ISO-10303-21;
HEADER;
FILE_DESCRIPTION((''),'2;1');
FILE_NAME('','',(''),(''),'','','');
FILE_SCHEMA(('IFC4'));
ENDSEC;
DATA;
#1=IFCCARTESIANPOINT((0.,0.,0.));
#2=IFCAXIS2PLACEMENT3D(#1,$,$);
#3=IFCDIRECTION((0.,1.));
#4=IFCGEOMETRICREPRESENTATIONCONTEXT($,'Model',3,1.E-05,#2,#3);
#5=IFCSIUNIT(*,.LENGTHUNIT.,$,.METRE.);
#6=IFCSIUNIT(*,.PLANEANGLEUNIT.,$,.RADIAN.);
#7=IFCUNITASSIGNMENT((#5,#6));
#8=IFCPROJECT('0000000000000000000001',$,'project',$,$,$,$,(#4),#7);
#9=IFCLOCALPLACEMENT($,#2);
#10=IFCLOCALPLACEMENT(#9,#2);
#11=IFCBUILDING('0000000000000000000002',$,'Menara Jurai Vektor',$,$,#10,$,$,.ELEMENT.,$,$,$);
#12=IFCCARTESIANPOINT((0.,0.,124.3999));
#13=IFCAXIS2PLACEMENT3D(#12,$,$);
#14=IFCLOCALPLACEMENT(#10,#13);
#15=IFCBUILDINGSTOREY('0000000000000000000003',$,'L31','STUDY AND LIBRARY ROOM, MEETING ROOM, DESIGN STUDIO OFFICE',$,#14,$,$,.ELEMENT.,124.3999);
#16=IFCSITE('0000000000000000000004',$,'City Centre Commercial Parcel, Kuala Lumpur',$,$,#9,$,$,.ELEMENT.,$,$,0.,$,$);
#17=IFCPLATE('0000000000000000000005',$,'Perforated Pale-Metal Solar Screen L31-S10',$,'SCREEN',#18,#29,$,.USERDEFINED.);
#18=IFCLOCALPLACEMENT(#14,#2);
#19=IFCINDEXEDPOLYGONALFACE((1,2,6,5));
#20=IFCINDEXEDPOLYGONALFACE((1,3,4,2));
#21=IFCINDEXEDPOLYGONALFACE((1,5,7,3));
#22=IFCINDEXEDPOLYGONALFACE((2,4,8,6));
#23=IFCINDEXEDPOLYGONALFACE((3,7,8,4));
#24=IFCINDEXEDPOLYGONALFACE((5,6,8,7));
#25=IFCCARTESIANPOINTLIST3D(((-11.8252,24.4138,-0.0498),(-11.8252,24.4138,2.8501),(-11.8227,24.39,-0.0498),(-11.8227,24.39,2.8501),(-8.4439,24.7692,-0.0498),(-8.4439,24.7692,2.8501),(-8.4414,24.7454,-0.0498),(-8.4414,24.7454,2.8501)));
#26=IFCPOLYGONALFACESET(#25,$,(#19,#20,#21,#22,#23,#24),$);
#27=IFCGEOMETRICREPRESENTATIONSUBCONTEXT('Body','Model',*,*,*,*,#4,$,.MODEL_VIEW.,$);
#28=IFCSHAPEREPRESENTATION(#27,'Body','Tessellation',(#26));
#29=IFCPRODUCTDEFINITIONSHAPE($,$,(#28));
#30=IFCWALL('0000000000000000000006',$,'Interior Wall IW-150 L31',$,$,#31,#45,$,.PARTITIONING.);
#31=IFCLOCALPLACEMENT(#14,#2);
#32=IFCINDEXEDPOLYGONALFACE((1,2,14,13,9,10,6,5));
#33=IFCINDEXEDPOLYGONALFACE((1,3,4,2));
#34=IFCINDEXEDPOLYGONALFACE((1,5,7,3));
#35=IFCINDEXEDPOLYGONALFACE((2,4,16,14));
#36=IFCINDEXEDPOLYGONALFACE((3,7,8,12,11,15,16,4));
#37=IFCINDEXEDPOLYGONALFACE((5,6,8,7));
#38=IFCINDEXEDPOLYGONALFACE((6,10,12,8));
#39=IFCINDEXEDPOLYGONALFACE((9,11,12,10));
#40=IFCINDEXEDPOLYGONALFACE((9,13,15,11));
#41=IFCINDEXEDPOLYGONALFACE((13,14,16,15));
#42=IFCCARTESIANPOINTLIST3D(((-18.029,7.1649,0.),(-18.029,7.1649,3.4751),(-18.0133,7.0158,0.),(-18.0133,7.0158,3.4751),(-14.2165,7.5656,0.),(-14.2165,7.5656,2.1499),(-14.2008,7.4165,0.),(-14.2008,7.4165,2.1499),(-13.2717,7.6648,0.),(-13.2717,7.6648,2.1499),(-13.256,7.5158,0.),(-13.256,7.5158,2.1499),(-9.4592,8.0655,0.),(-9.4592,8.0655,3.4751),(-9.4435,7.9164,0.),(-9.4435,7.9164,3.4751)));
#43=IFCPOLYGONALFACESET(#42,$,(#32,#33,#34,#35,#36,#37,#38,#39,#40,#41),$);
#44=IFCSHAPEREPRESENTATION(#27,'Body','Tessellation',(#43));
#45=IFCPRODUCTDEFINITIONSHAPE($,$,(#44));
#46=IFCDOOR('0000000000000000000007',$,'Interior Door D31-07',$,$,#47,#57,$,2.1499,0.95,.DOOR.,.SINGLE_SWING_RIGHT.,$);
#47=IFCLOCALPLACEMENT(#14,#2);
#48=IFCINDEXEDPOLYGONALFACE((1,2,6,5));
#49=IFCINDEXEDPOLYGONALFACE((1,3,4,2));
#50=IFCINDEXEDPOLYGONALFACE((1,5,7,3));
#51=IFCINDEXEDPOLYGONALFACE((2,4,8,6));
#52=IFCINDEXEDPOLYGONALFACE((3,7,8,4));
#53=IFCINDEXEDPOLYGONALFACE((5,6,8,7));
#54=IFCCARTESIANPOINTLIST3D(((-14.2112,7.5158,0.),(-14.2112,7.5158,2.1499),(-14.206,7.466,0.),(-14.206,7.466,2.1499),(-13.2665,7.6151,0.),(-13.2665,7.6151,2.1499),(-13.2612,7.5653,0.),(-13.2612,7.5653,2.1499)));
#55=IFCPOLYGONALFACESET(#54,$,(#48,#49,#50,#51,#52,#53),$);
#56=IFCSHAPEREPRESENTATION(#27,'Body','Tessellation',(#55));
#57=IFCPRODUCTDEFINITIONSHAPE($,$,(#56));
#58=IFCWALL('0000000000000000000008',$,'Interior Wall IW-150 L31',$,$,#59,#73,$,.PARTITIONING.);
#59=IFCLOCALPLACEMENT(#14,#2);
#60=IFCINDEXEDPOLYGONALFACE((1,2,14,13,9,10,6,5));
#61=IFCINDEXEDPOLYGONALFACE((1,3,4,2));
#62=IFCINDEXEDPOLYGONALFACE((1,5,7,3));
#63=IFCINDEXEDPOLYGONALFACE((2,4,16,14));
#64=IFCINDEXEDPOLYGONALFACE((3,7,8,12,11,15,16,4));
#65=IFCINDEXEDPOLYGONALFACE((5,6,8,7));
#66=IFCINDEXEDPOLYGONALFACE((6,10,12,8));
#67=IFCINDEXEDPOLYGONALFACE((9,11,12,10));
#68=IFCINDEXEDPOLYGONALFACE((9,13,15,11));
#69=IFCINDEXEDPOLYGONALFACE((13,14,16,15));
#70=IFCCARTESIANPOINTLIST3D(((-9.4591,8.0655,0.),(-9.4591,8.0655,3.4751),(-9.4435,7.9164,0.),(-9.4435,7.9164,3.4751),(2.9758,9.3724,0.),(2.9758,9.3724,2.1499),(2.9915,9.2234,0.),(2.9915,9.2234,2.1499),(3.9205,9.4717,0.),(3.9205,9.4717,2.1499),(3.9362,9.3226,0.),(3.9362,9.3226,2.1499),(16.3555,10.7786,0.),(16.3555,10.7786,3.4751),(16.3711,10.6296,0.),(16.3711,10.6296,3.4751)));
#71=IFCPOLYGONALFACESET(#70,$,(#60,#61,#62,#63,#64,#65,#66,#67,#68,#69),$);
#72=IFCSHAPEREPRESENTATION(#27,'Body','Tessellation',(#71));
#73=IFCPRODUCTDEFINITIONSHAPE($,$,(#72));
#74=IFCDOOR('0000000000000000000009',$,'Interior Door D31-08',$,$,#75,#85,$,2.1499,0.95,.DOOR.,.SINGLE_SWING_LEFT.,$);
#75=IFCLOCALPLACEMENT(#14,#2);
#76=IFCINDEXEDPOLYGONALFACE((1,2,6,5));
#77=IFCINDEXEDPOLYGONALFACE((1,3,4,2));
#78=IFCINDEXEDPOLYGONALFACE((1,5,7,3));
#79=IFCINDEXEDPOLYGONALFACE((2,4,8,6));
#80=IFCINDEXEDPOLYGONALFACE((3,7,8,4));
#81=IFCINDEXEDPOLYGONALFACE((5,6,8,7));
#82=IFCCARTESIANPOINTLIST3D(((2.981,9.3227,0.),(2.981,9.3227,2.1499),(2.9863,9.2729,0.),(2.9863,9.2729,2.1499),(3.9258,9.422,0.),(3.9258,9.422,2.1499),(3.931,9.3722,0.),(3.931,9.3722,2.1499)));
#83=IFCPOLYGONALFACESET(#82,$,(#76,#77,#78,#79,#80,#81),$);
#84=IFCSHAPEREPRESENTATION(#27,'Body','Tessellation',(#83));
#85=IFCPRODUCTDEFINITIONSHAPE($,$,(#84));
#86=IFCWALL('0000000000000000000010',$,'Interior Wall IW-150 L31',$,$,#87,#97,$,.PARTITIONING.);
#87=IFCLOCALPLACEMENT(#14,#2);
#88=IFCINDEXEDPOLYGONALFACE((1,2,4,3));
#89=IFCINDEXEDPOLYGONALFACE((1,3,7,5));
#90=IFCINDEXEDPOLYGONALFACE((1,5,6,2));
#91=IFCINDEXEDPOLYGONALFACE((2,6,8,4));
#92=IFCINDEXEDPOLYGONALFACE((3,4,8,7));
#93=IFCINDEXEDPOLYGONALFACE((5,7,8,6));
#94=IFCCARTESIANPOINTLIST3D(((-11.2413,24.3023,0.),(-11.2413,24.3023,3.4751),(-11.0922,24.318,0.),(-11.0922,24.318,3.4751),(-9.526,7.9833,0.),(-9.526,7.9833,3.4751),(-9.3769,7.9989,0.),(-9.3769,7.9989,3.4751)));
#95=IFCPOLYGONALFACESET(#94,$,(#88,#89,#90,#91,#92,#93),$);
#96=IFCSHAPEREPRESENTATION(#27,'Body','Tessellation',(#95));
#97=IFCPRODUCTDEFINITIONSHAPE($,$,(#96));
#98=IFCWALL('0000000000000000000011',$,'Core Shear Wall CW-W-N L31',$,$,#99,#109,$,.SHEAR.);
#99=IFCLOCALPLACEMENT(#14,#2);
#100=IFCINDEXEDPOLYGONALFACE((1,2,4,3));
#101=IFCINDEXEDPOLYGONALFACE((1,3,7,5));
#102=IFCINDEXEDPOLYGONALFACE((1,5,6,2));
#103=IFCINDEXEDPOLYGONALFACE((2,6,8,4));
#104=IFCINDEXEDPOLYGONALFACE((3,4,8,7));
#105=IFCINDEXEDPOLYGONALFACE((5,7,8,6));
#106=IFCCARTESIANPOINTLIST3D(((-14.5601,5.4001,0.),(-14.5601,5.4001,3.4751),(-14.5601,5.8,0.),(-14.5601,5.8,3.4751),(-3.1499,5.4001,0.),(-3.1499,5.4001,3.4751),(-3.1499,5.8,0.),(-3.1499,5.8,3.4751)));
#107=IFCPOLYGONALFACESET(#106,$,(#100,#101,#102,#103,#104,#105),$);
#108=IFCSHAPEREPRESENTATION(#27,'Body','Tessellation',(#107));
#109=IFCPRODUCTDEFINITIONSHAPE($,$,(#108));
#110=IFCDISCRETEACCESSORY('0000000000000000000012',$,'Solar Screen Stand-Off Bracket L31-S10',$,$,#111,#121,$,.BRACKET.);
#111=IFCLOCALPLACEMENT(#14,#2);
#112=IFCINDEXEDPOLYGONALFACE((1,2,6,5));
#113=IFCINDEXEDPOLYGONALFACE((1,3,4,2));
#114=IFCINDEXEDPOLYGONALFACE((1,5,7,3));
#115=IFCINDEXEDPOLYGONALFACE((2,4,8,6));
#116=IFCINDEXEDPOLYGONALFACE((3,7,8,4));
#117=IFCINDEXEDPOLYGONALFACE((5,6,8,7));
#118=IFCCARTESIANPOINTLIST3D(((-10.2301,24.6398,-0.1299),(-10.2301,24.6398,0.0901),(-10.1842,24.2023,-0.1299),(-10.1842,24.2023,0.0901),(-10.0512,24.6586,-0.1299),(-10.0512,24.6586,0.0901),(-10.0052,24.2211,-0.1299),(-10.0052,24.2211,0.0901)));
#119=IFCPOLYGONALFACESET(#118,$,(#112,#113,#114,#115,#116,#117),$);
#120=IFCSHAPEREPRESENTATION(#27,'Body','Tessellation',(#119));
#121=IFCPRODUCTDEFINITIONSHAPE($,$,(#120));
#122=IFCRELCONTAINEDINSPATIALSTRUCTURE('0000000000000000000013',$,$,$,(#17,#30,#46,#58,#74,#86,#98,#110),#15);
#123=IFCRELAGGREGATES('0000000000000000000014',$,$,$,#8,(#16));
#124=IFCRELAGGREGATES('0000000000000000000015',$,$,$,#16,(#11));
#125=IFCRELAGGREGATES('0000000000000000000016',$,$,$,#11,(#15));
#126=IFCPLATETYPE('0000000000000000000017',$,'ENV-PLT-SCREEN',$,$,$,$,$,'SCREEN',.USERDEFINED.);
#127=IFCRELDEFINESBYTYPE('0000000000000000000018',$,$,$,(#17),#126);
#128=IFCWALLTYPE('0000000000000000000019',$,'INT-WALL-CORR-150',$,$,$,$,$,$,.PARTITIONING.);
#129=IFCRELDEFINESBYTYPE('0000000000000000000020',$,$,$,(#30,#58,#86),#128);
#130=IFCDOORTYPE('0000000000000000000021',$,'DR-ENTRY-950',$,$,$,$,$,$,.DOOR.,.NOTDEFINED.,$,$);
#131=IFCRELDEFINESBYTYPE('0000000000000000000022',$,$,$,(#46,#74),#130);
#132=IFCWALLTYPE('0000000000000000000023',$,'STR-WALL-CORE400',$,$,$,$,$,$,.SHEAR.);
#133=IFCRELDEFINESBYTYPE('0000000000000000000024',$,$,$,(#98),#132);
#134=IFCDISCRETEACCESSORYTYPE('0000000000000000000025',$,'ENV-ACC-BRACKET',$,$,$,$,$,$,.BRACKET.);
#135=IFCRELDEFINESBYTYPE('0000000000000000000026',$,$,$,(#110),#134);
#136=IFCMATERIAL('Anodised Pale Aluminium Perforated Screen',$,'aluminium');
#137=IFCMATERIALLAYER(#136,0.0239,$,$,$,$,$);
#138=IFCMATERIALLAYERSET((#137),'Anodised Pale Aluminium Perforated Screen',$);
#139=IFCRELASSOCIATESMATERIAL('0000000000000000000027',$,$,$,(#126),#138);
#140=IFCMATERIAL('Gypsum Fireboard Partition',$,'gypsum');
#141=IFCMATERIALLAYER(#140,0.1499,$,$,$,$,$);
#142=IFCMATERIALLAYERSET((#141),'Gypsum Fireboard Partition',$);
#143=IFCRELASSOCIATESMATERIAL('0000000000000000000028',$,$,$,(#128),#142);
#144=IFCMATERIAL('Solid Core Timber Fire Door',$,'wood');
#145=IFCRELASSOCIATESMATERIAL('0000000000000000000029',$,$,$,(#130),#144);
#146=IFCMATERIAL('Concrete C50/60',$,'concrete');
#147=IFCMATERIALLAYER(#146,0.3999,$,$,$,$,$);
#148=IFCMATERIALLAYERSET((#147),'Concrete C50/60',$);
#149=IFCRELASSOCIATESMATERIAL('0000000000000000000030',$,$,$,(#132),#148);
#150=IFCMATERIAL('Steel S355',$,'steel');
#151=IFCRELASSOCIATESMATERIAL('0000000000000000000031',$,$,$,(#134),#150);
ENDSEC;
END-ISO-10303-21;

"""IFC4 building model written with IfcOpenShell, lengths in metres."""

from ifc_helpers import new_model, si_unit, direction, frame, frame_2d, origin, origin_2d, place, context, subcontext, project, spatial, rectangle, extrude, material, layer, layer_set, type_object, element, fill, save


model = new_model("IFC4")

# Units and contexts
model_context = context("Model", 3, precision=1e-05, world=origin(), true_north=direction((0.0, 1.0)))
body_context = subcontext(model_context, "Body", "Model", "MODEL_VIEW")
ifc_project = project(units=[si_unit("LENGTHUNIT", "METRE"), si_unit("PLANEANGLEUNIT", "RADIAN")], contexts=[model_context])

# Site, building, storey
site_placement = place(None, origin())
site = spatial("IfcSite", under=ifc_project, at=site_placement, Name="City Centre Commercial Parcel, Kuala Lumpur", CompositionType="ELEMENT", RefElevation=0.0)
building_placement = place(site_placement, origin())
building = spatial("IfcBuilding", under=site, at=building_placement, Name="Menara Jurai Vektor", CompositionType="ELEMENT")
storey_placement = place(building_placement, frame((0.0, 0.0, 124.3999)))
storey = spatial("IfcBuildingStorey", under=building, at=storey_placement, Name="L31", Description="STUDY AND LIBRARY ROOM, MEETING ROOM, DESIGN STUDIO OFFICE", CompositionType="ELEMENT", Elevation=124.3999)

# Shared definitions
ifc_material_1 = material(Name="Steel S355", Category="steel")

# Plate
ifc_material_2 = material(Name="Anodised Pale Aluminium Perforated Screen", Category="aluminium")
ifc_layer_1 = layer(ifc_material_2, 0.0239)
ifc_layer_set_1 = layer_set([ifc_layer_1], Name="Anodised Pale Aluminium Perforated Screen")
plate_type_1 = type_object("IfcPlateType", Name="ENV-PLT-SCREEN", ElementType="SCREEN", PredefinedType="USERDEFINED", material=ifc_layer_set_1)
plate_1_placement = place(storey_placement, frame((-10.1333, 24.5796, -0.0498), z_axis=(0.0, 0.0, 1.0), x_axis=(-0.994522, -0.104528, 0.0)))
element("IfcPlate", 1, at=plate_1_placement, inside=storey, type_object=plate_type_1, Name="Perforated Pale-Metal Solar Screen L31-S10", ObjectType="SCREEN", PredefinedType="USERDEFINED", context=body_context, shape_type="SweptSolid", body=[
    extrude(rectangle(XDim=3.3999, YDim=0.0239, at=origin_2d()), origin(), (0.0, 0.0, 1.0), 2.8999),
])

# Walls, openings, doors
ifc_material_3 = material(Name="Gypsum Fireboard Partition", Category="gypsum")
ifc_layer_2 = layer(ifc_material_3, 0.1499)
ifc_layer_set_2 = layer_set([ifc_layer_2], Name="Gypsum Fireboard Partition")
wall_type_1 = type_object("IfcWallType", Name="INT-WALL-CORR-150", PredefinedType="PARTITIONING", material=ifc_layer_set_2)
wall_1_placement = place(storey_placement, frame((-18.0212, 7.0903, 0.0), z_axis=(0.0, 0.0, 1.0), x_axis=(0.994523, 0.104518, 0.0)))
wall_1 = element("IfcWall", 2, at=wall_1_placement, inside=storey, type_object=wall_type_1, Name="Interior Wall IW-150 L31", PredefinedType="PARTITIONING", context=body_context, shape_type="SweptSolid", body=[
    extrude(rectangle(XDim=8.6169, YDim=0.1499, at=frame_2d((4.3086, 0.0))), origin(), (0.0, 0.0, 1.0), 3.4751),
])
opening_1_placement = place(wall_1_placement, frame((3.8335, 0.0, 0.0)))
opening_1 = element("IfcOpeningElement", 3, at=opening_1_placement, cuts=wall_1, PredefinedType="OPENING", context=body_context, shape_type="SweptSolid", body=[
    extrude(rectangle(XDim=0.95, YDim=2.1499, at=frame_2d((0.4751, 1.075))), frame((0.0, 0.085, 0.0), z_axis=(0.0, -1.0, 0.0), x_axis=(1.0, 0.0, 0.0)), (0.0, 0.0, 1.0), 0.1699),
])
ifc_material_4 = material(Name="Solid Core Timber Fire Door", Category="wood")
door_type = type_object("IfcDoorType", Name="DR-ENTRY-950", OperationType="NOTDEFINED", PredefinedType="DOOR", material=ifc_material_4)
door_1_placement = place(opening_1_placement, origin())
door_1 = element("IfcDoor", 4, at=door_1_placement, inside=storey, type_object=door_type, Name="Interior Door D31-07", OperationType="SINGLE_SWING_RIGHT", OverallHeight=2.1499, OverallWidth=0.95, PredefinedType="DOOR", context=body_context, shape_type="SweptSolid", body=[
    extrude(rectangle(XDim=0.95, YDim=2.1499, at=frame_2d((0.4751, 1.075))), frame((0.0, 0.0249, 0.0), z_axis=(0.0, -1.0, 0.0), x_axis=(1.0, 0.0, 0.0)), (0.0, 0.0, 1.0), 0.05),
])
fill(opening_1, door_1)
wall_2_placement = place(storey_placement, frame((-9.4514, 7.991, 0.0), z_axis=(0.0, 0.0, 1.0), x_axis=(0.994522, 0.104525, 0.0)))
wall_2 = element("IfcWall", 5, at=wall_2_placement, inside=storey, type_object=wall_type_1, Name="Interior Wall IW-150 L31", PredefinedType="PARTITIONING", context=body_context, shape_type="SweptSolid", body=[
    extrude(rectangle(XDim=25.9568, YDim=0.1499, at=frame_2d((12.9785, 0.0))), origin(), (0.0, 0.0, 1.0), 3.4751),
])
opening_2_placement = place(wall_2_placement, frame((12.5034, 0.0, 0.0)))
opening_2 = element("IfcOpeningElement", 6, at=opening_2_placement, cuts=wall_2, PredefinedType="OPENING", context=body_context, shape_type="SweptSolid", body=[
    extrude(rectangle(XDim=0.95, YDim=2.1499, at=frame_2d((0.4751, 1.075))), frame((0.0, 0.085, 0.0), z_axis=(0.0, -1.0, 0.0), x_axis=(1.0, 0.0, 0.0)), (0.0, 0.0, 1.0), 0.1699),
])
door_2_placement = place(opening_2_placement, origin())
door_2 = element("IfcDoor", 7, at=door_2_placement, inside=storey, type_object=door_type, Name="Interior Door D31-08", OperationType="SINGLE_SWING_LEFT", OverallHeight=2.1499, OverallWidth=0.95, PredefinedType="DOOR", context=body_context, shape_type="SweptSolid", body=[
    extrude(rectangle(XDim=0.95, YDim=2.1499, at=frame_2d((0.4751, 1.075))), frame((0.0, 0.0249, 0.0), z_axis=(0.0, -1.0, 0.0), x_axis=(1.0, 0.0, 0.0)), (0.0, 0.0, 1.0), 0.05),
])
fill(opening_2, door_2)

# Walls
wall_3_placement = place(storey_placement, frame((-9.4514, 7.991, 0.0), z_axis=(0.0, 0.0, 1.0), x_axis=(-0.104536, 0.994521, 0.0)))
element("IfcWall", 8, at=wall_3_placement, inside=storey, type_object=wall_type_1, Name="Interior Wall IW-150 L31", PredefinedType="PARTITIONING", context=body_context, shape_type="SweptSolid", body=[
    extrude(rectangle(XDim=16.4089, YDim=0.1499, at=frame_2d((8.2046, 0.0))), origin(), (0.0, 0.0, 1.0), 3.4751),
])
ifc_material_5 = material(Name="Concrete C50/60", Category="concrete")
ifc_layer_3 = layer(ifc_material_5, 0.3999)
ifc_layer_set_3 = layer_set([ifc_layer_3], Name="Concrete C50/60")
wall_type_2 = type_object("IfcWallType", Name="STR-WALL-CORE400", PredefinedType="SHEAR", material=ifc_layer_set_3)
wall_4_placement = place(storey_placement, frame((-14.5601, 5.6001, 0.0), z_axis=(0.0, 0.0, 1.0), x_axis=(1.0, 0.0, 0.0)))
element("IfcWall", 9, at=wall_4_placement, inside=storey, type_object=wall_type_2, Name="Core Shear Wall CW-W-N L31", PredefinedType="SHEAR", context=body_context, shape_type="SweptSolid", body=[
    extrude(rectangle(XDim=11.4102, YDim=0.3999, at=frame_2d((5.7051, 0.0))), origin(), (0.0, 0.0, 1.0), 3.4751),
])

# Discrete accessory
discrete_accessory_type = type_object("IfcDiscreteAccessoryType", Name="ENV-ACC-BRACKET", PredefinedType="BRACKET", material=ifc_material_1)
discrete_accessory_placement = place(storey_placement, frame((-10.1177, 24.4304, -0.1299), z_axis=(0.0, 0.0, 1.0), x_axis=(-0.994522, -0.104528, 0.0)))
element("IfcDiscreteAccessory", 10, at=discrete_accessory_placement, inside=storey, type_object=discrete_accessory_type, Name="Solar Screen Stand-Off Bracket L31-S10", PredefinedType="BRACKET", context=body_context, shape_type="SweptSolid", body=[
    extrude(rectangle(XDim=0.1799, YDim=0.4399, at=origin_2d()), origin(), (0.0, 0.0, 1.0), 0.22),
])

save(model, "model.ifc")
